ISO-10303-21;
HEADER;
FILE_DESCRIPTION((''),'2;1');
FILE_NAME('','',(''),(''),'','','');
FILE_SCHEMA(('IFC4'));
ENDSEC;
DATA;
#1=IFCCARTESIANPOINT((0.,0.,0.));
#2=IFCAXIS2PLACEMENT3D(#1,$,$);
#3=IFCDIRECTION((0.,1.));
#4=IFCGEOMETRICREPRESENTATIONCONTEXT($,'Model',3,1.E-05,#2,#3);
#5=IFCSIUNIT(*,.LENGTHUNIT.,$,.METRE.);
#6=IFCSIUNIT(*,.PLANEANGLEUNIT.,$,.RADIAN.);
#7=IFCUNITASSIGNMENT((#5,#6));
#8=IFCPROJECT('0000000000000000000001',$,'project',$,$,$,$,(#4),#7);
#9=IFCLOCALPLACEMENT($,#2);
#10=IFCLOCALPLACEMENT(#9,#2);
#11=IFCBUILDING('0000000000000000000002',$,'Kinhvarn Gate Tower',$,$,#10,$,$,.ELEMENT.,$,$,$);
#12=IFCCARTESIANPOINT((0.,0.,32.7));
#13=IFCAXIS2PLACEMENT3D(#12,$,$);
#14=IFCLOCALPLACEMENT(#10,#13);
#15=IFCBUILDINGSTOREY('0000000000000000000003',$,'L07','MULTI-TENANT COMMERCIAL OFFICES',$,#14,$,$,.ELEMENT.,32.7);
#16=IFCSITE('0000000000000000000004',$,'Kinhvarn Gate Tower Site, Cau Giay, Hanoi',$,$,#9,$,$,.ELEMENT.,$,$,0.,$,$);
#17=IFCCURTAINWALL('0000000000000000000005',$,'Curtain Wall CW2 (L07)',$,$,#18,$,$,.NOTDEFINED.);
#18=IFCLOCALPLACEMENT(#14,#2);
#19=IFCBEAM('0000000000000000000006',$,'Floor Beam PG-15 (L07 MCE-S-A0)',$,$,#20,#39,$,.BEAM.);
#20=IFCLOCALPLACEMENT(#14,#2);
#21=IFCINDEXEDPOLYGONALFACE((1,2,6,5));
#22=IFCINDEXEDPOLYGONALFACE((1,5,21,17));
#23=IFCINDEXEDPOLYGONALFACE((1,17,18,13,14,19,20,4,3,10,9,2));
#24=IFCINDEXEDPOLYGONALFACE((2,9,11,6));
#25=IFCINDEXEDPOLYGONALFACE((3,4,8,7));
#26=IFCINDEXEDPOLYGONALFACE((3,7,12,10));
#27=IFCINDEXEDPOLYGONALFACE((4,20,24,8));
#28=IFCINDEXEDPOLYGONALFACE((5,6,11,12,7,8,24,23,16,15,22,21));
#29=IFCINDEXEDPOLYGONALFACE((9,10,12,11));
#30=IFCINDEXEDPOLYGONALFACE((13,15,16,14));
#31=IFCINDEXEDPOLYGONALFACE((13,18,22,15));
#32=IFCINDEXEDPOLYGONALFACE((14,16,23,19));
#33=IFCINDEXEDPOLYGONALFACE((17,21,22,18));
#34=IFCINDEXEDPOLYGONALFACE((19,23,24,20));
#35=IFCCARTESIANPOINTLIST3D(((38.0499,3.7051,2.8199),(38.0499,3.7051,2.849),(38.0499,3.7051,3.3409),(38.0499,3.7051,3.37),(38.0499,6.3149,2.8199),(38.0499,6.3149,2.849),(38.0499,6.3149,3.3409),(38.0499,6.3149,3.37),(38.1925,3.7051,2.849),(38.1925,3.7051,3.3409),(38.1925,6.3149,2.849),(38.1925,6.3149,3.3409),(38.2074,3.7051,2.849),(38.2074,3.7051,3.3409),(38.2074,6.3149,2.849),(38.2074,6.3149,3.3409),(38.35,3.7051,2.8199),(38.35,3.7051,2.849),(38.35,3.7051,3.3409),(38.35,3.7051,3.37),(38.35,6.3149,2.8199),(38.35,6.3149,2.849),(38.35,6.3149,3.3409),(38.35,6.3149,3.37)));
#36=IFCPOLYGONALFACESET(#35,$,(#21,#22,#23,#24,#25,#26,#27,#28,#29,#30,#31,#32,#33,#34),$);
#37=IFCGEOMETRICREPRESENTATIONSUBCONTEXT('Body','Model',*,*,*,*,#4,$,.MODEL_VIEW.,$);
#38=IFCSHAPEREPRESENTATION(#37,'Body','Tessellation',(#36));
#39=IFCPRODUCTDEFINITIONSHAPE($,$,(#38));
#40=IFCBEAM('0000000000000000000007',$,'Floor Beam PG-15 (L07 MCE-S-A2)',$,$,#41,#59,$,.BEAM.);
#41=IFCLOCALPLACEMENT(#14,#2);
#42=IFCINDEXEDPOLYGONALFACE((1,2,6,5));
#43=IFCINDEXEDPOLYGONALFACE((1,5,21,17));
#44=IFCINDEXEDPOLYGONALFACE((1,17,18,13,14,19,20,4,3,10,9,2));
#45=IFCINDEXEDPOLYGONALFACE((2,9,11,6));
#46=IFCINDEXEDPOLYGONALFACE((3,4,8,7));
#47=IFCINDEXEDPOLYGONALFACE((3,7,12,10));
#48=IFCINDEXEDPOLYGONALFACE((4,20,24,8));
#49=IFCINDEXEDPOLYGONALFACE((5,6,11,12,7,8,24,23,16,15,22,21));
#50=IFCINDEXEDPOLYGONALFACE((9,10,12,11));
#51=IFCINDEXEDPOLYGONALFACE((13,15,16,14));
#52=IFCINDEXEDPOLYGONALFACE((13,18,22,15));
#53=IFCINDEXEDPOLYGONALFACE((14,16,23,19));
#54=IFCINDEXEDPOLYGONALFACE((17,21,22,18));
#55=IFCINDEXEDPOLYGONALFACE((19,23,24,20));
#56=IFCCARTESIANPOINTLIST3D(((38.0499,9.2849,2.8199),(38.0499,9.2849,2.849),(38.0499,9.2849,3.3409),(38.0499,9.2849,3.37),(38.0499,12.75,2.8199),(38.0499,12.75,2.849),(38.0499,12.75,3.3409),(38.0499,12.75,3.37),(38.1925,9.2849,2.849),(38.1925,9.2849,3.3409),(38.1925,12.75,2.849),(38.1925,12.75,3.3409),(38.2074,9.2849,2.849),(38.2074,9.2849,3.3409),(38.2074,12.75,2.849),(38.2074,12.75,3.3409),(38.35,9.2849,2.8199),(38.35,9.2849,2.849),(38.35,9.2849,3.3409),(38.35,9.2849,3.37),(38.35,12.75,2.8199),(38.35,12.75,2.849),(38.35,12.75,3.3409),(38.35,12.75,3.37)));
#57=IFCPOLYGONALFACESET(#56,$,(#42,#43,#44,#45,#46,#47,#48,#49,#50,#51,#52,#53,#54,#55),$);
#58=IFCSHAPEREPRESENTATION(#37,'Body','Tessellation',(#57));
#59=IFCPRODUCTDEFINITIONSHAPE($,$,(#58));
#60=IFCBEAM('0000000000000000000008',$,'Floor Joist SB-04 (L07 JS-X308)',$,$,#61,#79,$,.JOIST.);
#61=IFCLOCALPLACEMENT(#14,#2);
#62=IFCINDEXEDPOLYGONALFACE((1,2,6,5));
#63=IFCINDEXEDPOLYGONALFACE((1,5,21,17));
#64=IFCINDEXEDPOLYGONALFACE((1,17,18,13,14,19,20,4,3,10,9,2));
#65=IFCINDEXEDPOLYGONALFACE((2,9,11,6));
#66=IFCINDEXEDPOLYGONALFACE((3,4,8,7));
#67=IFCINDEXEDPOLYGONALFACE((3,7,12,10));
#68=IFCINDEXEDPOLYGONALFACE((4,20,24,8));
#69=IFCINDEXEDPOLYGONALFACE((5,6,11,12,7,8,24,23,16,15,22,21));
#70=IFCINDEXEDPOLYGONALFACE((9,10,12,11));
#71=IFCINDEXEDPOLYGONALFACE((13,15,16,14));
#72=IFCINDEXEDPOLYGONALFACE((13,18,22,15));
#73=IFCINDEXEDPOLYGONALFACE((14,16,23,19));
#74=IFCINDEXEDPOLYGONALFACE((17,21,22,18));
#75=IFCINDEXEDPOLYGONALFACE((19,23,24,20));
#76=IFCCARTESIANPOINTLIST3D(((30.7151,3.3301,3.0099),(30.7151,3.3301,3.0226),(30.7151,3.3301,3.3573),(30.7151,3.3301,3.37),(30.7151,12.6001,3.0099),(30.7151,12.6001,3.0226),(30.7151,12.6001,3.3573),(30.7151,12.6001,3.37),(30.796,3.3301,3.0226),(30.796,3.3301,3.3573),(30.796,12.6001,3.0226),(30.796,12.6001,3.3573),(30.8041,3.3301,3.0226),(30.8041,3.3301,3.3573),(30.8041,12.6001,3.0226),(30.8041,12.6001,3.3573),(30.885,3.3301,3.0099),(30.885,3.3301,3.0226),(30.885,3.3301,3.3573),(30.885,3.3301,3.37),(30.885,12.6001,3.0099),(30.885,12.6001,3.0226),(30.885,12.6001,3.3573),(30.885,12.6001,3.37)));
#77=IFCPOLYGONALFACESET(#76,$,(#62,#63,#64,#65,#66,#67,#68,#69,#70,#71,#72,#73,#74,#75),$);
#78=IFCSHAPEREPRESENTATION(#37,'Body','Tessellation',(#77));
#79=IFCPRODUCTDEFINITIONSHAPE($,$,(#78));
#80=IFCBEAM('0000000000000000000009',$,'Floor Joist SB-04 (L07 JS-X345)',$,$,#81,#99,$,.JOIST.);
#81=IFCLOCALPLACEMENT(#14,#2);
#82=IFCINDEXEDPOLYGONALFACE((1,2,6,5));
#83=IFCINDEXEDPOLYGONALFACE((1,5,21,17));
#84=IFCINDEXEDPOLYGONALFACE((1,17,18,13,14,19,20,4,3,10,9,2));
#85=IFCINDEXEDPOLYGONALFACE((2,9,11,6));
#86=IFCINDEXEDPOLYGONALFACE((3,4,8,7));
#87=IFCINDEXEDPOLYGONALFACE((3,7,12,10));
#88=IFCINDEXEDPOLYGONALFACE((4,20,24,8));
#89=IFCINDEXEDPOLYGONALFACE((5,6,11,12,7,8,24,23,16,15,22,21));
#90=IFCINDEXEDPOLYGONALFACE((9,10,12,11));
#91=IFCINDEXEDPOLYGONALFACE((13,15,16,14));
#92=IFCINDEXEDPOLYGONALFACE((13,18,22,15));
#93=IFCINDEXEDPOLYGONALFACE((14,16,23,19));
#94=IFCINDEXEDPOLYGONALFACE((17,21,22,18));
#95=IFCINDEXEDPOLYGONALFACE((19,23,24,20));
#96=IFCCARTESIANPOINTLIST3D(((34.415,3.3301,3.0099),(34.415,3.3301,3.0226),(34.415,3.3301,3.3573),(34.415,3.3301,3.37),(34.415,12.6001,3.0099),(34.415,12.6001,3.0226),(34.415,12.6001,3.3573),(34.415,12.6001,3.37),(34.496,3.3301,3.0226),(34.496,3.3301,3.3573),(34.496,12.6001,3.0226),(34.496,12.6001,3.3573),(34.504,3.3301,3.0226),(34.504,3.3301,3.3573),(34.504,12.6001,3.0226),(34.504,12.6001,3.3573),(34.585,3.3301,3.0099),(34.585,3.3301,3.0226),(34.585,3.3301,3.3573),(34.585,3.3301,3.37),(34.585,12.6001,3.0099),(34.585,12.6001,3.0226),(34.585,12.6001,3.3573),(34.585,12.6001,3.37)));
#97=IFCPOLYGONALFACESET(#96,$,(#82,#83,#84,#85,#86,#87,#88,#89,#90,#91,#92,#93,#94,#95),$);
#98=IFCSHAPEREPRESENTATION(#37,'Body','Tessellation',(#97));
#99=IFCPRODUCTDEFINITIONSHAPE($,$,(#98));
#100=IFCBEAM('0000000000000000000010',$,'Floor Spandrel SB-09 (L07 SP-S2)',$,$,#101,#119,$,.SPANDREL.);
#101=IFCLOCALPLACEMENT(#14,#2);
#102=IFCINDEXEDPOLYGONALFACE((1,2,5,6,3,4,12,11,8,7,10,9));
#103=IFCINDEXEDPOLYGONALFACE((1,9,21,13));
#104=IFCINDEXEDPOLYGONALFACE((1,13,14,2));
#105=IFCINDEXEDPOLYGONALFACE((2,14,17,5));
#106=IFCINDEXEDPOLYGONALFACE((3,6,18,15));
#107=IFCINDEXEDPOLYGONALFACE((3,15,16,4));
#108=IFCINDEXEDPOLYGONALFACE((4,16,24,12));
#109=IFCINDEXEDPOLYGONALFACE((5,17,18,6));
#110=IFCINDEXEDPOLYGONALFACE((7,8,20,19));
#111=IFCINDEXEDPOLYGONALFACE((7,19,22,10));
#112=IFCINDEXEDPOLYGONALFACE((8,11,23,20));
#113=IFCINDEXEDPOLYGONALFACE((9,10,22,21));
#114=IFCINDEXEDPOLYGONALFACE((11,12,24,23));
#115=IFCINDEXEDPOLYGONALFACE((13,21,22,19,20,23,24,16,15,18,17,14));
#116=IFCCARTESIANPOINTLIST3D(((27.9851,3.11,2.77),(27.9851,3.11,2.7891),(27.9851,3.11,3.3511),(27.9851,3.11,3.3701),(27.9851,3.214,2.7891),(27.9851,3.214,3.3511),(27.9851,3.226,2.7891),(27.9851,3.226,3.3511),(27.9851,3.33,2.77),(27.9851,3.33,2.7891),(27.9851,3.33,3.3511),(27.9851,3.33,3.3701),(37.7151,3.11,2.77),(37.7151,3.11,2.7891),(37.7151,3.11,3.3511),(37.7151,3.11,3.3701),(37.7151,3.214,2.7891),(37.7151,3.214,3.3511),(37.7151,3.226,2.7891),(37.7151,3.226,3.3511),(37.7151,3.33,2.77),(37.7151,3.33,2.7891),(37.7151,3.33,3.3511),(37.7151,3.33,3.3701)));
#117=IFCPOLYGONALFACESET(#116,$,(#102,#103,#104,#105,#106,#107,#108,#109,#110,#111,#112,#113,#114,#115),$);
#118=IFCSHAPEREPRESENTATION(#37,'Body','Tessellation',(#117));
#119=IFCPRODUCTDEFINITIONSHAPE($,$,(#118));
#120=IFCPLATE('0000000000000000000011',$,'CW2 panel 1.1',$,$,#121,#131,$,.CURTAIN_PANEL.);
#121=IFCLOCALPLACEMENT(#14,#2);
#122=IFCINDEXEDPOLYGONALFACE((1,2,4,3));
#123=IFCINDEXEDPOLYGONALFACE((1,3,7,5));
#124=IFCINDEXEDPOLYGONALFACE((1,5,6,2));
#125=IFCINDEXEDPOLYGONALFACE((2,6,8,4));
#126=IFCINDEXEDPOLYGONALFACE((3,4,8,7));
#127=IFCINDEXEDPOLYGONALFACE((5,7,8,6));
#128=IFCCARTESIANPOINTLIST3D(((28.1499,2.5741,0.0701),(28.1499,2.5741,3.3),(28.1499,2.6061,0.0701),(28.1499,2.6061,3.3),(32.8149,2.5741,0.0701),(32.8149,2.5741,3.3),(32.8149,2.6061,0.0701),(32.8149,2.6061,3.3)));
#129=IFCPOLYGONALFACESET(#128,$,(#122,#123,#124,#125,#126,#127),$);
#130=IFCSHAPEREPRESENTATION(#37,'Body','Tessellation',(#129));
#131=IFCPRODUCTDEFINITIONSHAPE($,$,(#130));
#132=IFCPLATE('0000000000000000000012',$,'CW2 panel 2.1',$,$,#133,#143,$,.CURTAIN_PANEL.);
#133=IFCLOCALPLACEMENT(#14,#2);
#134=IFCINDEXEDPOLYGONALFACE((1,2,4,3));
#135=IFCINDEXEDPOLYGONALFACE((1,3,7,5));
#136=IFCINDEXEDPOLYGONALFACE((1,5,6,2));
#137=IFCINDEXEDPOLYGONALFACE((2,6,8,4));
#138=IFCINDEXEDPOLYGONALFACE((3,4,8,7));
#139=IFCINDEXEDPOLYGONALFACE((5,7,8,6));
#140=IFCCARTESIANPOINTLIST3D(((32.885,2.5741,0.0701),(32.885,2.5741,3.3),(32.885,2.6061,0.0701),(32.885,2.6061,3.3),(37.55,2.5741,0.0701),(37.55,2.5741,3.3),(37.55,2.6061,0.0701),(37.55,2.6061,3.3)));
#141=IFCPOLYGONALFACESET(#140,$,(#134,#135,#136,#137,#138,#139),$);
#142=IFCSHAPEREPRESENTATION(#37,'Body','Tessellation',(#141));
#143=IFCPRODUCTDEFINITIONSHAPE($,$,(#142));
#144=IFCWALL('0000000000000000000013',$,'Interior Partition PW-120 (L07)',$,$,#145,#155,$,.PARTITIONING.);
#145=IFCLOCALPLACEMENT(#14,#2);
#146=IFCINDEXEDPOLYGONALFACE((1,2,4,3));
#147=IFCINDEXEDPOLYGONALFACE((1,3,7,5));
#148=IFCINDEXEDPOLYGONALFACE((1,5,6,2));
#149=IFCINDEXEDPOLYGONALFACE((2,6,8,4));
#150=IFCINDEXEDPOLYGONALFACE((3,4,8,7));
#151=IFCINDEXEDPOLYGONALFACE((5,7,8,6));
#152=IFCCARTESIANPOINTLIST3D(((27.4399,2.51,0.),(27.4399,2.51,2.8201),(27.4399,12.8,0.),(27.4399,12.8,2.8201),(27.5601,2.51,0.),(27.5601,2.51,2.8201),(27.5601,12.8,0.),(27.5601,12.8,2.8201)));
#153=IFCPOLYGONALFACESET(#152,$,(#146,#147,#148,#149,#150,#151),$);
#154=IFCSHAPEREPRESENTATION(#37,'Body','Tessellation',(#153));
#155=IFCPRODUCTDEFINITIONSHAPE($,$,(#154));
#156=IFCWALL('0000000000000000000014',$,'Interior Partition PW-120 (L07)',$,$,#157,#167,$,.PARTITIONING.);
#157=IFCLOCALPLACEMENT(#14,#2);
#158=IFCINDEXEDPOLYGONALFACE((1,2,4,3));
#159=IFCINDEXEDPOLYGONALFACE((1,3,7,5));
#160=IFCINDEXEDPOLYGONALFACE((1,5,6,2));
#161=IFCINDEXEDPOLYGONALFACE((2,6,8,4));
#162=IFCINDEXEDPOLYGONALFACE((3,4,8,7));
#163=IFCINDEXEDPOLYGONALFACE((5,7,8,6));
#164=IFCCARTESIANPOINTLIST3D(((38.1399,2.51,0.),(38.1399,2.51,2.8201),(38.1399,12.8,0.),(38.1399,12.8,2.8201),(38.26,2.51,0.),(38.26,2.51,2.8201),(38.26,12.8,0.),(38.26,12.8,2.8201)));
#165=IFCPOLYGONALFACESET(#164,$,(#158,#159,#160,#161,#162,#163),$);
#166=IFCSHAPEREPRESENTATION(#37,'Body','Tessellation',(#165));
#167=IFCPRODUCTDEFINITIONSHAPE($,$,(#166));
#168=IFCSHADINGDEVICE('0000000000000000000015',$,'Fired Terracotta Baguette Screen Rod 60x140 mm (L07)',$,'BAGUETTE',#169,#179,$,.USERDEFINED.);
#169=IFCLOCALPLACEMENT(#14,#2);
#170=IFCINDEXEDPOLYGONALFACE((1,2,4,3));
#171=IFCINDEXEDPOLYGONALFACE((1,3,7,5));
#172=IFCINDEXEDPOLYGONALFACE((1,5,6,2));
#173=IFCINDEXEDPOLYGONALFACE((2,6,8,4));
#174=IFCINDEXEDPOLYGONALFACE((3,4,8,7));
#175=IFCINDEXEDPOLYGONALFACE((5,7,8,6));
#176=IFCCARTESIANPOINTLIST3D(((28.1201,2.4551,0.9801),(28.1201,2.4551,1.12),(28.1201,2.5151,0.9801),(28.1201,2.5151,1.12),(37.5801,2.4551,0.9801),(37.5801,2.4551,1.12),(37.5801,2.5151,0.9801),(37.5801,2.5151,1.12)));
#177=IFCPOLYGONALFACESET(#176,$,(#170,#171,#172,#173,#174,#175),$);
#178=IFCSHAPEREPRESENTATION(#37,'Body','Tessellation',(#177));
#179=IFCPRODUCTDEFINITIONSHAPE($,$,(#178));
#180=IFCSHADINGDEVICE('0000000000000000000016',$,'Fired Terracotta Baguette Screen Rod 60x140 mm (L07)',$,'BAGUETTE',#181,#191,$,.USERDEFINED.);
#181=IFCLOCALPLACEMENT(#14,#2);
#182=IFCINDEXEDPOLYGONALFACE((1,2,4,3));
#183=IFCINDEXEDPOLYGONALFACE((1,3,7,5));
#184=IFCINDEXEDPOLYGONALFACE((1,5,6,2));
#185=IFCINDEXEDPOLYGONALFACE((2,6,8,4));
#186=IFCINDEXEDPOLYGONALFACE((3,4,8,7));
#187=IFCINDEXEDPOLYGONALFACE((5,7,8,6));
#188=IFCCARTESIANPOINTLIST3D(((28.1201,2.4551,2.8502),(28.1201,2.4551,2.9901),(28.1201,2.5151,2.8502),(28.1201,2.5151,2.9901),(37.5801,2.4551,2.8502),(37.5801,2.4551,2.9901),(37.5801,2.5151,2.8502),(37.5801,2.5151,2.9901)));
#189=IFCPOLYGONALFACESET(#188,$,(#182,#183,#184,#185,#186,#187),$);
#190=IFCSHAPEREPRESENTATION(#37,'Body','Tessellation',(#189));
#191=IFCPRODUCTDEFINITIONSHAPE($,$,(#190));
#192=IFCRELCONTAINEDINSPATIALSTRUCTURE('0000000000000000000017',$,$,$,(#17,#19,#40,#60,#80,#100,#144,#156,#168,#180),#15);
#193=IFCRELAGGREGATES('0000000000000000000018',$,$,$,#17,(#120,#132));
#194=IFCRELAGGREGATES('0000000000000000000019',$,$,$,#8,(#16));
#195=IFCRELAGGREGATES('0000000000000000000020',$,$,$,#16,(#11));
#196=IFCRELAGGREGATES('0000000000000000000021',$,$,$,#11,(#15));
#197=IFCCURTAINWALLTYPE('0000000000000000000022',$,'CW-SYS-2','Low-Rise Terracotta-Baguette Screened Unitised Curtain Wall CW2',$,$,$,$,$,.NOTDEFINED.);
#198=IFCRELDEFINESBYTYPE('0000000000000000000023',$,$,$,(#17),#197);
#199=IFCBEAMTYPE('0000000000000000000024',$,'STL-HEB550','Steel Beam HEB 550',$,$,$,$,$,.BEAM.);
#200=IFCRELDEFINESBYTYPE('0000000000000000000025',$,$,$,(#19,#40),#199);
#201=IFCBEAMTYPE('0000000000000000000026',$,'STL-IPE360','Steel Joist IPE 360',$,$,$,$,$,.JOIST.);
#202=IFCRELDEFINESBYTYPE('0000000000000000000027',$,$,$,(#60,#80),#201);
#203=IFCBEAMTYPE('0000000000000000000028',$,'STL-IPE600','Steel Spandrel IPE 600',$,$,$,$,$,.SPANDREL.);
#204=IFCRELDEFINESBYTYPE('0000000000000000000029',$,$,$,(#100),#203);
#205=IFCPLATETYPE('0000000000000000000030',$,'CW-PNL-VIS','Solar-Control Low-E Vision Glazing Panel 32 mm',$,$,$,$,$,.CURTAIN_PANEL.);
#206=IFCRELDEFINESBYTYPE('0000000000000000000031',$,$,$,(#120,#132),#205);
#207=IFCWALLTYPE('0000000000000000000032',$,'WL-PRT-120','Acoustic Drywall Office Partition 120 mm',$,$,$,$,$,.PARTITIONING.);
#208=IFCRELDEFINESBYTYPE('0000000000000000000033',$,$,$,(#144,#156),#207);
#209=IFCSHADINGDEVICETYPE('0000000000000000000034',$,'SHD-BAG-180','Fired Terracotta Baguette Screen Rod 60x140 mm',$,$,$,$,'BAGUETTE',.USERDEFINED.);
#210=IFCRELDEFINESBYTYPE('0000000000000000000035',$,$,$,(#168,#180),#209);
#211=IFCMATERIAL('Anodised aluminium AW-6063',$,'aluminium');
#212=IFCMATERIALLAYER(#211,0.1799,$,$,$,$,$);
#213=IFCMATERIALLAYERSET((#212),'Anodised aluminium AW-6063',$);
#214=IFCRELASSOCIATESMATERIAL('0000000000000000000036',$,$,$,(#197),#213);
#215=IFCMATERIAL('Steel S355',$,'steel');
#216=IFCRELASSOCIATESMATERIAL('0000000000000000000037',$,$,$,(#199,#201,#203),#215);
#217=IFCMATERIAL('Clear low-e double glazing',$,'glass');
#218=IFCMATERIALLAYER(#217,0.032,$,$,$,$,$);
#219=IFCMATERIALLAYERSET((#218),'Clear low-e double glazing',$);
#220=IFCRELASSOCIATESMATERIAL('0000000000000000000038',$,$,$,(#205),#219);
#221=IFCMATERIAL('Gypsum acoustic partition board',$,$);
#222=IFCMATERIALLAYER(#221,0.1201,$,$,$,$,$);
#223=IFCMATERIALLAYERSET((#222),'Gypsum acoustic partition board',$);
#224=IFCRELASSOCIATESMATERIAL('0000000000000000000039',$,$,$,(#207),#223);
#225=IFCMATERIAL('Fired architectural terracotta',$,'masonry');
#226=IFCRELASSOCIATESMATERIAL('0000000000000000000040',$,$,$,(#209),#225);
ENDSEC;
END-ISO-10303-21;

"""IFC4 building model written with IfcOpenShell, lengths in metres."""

from ifc_helpers import new_model, si_unit, direction, frame, frame_2d, origin, origin_2d, place, context, subcontext, project, spatial, rectangle, i_section, extrude, material, layer, layer_set, material_profile, profile_set, type_object, element, aggregate, save


model = new_model("IFC4")

# Units and contexts
model_context = context("Model", 3, precision=1e-05, world=origin(), true_north=direction((0.0, 1.0)))
body_context = subcontext(model_context, "Body", "Model", "MODEL_VIEW")
ifc_project = project(units=[si_unit("LENGTHUNIT", "METRE"), si_unit("PLANEANGLEUNIT", "RADIAN")], contexts=[model_context])

# Site, building, storey
site_placement = place(None, origin())
site = spatial("IfcSite", under=ifc_project, at=site_placement, Name="Kinhvarn Gate Tower Site, Cau Giay, Hanoi", CompositionType="ELEMENT", RefElevation=0.0)
building_placement = place(site_placement, origin())
building = spatial("IfcBuilding", under=site, at=building_placement, Name="Kinhvarn Gate Tower", CompositionType="ELEMENT")
storey_placement = place(building_placement, frame((0.0, 0.0, 32.7)))
storey = spatial("IfcBuildingStorey", under=building, at=storey_placement, Name="L07", Description="MULTI-TENANT COMMERCIAL OFFICES", CompositionType="ELEMENT", Elevation=32.7)

# Shared definitions
ifc_material_1 = material(Name="Anodised aluminium AW-6063", Category="aluminium")
ifc_layer_1 = layer(ifc_material_1, 0.1799)
ifc_layer_set_1 = layer_set([ifc_layer_1], Name="Anodised aluminium AW-6063")
curtain_wall_type = type_object("IfcCurtainWallType", Name="CW-SYS-2", Description="Low-Rise Terracotta-Baguette Screened Unitised Curtain Wall CW2", PredefinedType="NOTDEFINED", material=ifc_layer_set_1)

# Curtain wall
curtain_wall_1_placement = place(storey_placement, origin())
curtain_wall_1 = element("IfcCurtainWall", 1, at=curtain_wall_1_placement, inside=storey, type_object=curtain_wall_type, Name="Curtain Wall CW2 (L07)", PredefinedType="NOTDEFINED")

# Beams
ifc_material_2 = material(Name="Steel S355", Category="steel")
ifc_material_profile_1 = material_profile(ifc_material_2, i_section(OverallWidth=0.3, OverallDepth=0.55, WebThickness=0.0149, FlangeThickness=0.0291, at=origin_2d()), Name="HEB 550")
ifc_profile_set_1 = profile_set([ifc_material_profile_1], Name="Steel S355")
beam_type_1 = type_object("IfcBeamType", Name="STL-HEB550", Description="Steel Beam HEB 550", PredefinedType="BEAM", material=ifc_profile_set_1)
beam_1_placement = place(storey_placement, frame((38.2, 3.7051, 3.095), z_axis=(0.0, 1.0, 0.0), x_axis=(-1.0, 0.0, 0.0)))
element("IfcBeam", 2, at=beam_1_placement, inside=storey, type_object=beam_type_1, Name="Floor Beam PG-15 (L07 MCE-S-A0)", PredefinedType="BEAM", context=body_context, shape_type="SweptSolid", body=[
    extrude(i_section(OverallWidth=0.3, OverallDepth=0.55, WebThickness=0.0149, FlangeThickness=0.0291, at=origin_2d()), origin(), (0.0, 0.0, 1.0), 2.6099),
])
beam_2_placement = place(storey_placement, frame((38.2, 9.2849, 3.095), z_axis=(0.0, 1.0, 0.0), x_axis=(-1.0, 0.0, 0.0)))
element("IfcBeam", 3, at=beam_2_placement, inside=storey, type_object=beam_type_1, Name="Floor Beam PG-15 (L07 MCE-S-A2)", PredefinedType="BEAM", context=body_context, shape_type="SweptSolid", body=[
    extrude(i_section(OverallWidth=0.3, OverallDepth=0.55, WebThickness=0.0149, FlangeThickness=0.0291, at=origin_2d()), origin(), (0.0, 0.0, 1.0), 3.4651),
])
ifc_material_profile_2 = material_profile(ifc_material_2, i_section(OverallWidth=0.1699, OverallDepth=0.3601, WebThickness=0.0081, FlangeThickness=0.0127, at=origin_2d()), Name="IPE 360")
ifc_profile_set_2 = profile_set([ifc_material_profile_2], Name="Steel S355")
beam_type_2 = type_object("IfcBeamType", Name="STL-IPE360", Description="Steel Joist IPE 360", PredefinedType="JOIST", material=ifc_profile_set_2)
for number, where, z_axis, x_axis, name in (
    (4, (30.8, 3.3301, 3.1899), (0.0, 1.0, 0.0), (-1.0, 0.0, 0.0), "Floor Joist SB-04 (L07 JS-X308)"),
    (5, (34.5, 3.3301, 3.1899), (0.0, 1.0, 0.0), (-1.0, 0.0, 0.0), "Floor Joist SB-04 (L07 JS-X345)"),
):
    element("IfcBeam", number, at=place(storey_placement, frame(where, z_axis=z_axis, x_axis=x_axis)), inside=storey, type_object=beam_type_2, Name=name, PredefinedType="JOIST", context=body_context, shape_type="SweptSolid", body=[
        extrude(i_section(OverallWidth=0.1699, OverallDepth=0.3601, WebThickness=0.0081, FlangeThickness=0.0127, at=origin_2d()), origin(), (0.0, 0.0, 1.0), 9.27),
    ])
ifc_material_profile_3 = material_profile(ifc_material_2, i_section(OverallWidth=0.22, OverallDepth=0.6001, WebThickness=0.012, FlangeThickness=0.019, at=origin_2d()), Name="IPE 600")
ifc_profile_set_3 = profile_set([ifc_material_profile_3], Name="Steel S355")
beam_type_3 = type_object("IfcBeamType", Name="STL-IPE600", Description="Steel Spandrel IPE 600", PredefinedType="SPANDREL", material=ifc_profile_set_3)
beam_3_placement = place(storey_placement, frame((27.9851, 3.22, 3.0701), z_axis=(1.0, 0.0, 0.0), x_axis=(0.0, 1.0, 0.0)))
element("IfcBeam", 6, at=beam_3_placement, inside=storey, type_object=beam_type_3, Name="Floor Spandrel SB-09 (L07 SP-S2)", PredefinedType="SPANDREL", context=body_context, shape_type="SweptSolid", body=[
    extrude(i_section(OverallWidth=0.22, OverallDepth=0.6001, WebThickness=0.012, FlangeThickness=0.019, at=origin_2d()), origin(), (0.0, 0.0, 1.0), 9.73),
])

# Plates
ifc_material_3 = material(Name="Clear low-e double glazing", Category="glass")
ifc_layer_2 = layer(ifc_material_3, 0.032)
ifc_layer_set_2 = layer_set([ifc_layer_2], Name="Clear low-e double glazing")
plate_type = type_object("IfcPlateType", Name="CW-PNL-VIS", Description="Solar-Control Low-E Vision Glazing Panel 32 mm", PredefinedType="CURTAIN_PANEL", material=ifc_layer_set_2)
plate_1_placement = place(storey_placement, frame((30.4824, 2.5901, 0.0701), z_axis=(0.0, 0.0, 1.0), x_axis=(1.0, 0.0, 0.0)))
plate_1 = element("IfcPlate", 7, at=plate_1_placement, type_object=plate_type, Name="CW2 panel 1.1", PredefinedType="CURTAIN_PANEL", context=body_context, shape_type="SweptSolid", body=[
    extrude(rectangle(XDim=4.665, YDim=0.032, at=origin_2d()), origin(), (0.0, 0.0, 1.0), 3.23),
])
plate_2_placement = place(storey_placement, frame((35.2175, 2.5901, 0.0701), z_axis=(0.0, 0.0, 1.0), x_axis=(1.0, 0.0, 0.0)))
plate_2 = element("IfcPlate", 8, at=plate_2_placement, type_object=plate_type, Name="CW2 panel 2.1", PredefinedType="CURTAIN_PANEL", context=body_context, shape_type="SweptSolid", body=[
    extrude(rectangle(XDim=4.665, YDim=0.032, at=origin_2d()), origin(), (0.0, 0.0, 1.0), 3.23),
])
aggregate(curtain_wall_1, [plate_1, plate_2])

# Walls
ifc_material_4 = material(Name="Gypsum acoustic partition board")
ifc_layer_3 = layer(ifc_material_4, 0.1201)
ifc_layer_set_3 = layer_set([ifc_layer_3], Name="Gypsum acoustic partition board")
wall_type = type_object("IfcWallType", Name="WL-PRT-120", Description="Acoustic Drywall Office Partition 120 mm", PredefinedType="PARTITIONING", material=ifc_layer_set_3)
for number, where, z_axis, x_axis, name in (
    (9, (27.5, 2.51, 0.0), (0.0, 0.0, 1.0), (0.0, 1.0, 0.0), "Interior Partition PW-120 (L07)"),
    (10, (38.2, 2.51, 0.0), (0.0, 0.0, 1.0), (0.0, 1.0, 0.0), "Interior Partition PW-120 (L07)"),
):
    element("IfcWall", number, at=place(storey_placement, frame(where, z_axis=z_axis, x_axis=x_axis)), inside=storey, type_object=wall_type, Name=name, PredefinedType="PARTITIONING", context=body_context, shape_type="SweptSolid", body=[
        extrude(rectangle(XDim=10.29, YDim=0.1201, at=frame_2d((5.145, 0.0))), origin(), (0.0, 0.0, 1.0), 2.8201),
    ])

# Shading devices
ifc_material_5 = material(Name="Fired architectural terracotta", Category="masonry")
ifc_material_profile_4 = material_profile(ifc_material_5, rectangle(XDim=0.0601, YDim=0.1399, at=origin_2d()), Name="TC 60x140")
ifc_profile_set_4 = profile_set([ifc_material_profile_4], Name="Fired architectural terracotta")
shading_device_type = type_object("IfcShadingDeviceType", Name="SHD-BAG-180", Description="Fired Terracotta Baguette Screen Rod 60x140 mm", ElementType="BAGUETTE", PredefinedType="USERDEFINED", material=ifc_profile_set_4)
for number, where, z_axis, x_axis, name in (
    (11, (28.1201, 2.4851, 1.05), (1.0, 0.0, 0.0), (0.0, 1.0, 0.0), "Fired Terracotta Baguette Screen Rod 60x140 mm (L07)"),
    (12, (28.1201, 2.4851, 2.9202), (1.0, 0.0, 0.0), (0.0, 1.0, 0.0), "Fired Terracotta Baguette Screen Rod 60x140 mm (L07)"),
):
    element("IfcShadingDevice", number, at=place(storey_placement, frame(where, z_axis=z_axis, x_axis=x_axis)), inside=storey, type_object=shading_device_type, Name=name, ObjectType="BAGUETTE", PredefinedType="USERDEFINED", context=body_context, shape_type="SweptSolid", body=[
        extrude(rectangle(XDim=0.0601, YDim=0.1399, at=origin_2d()), origin(), (0.0, 0.0, 1.0), 9.46),
    ])

save(model, "model.ifc")
